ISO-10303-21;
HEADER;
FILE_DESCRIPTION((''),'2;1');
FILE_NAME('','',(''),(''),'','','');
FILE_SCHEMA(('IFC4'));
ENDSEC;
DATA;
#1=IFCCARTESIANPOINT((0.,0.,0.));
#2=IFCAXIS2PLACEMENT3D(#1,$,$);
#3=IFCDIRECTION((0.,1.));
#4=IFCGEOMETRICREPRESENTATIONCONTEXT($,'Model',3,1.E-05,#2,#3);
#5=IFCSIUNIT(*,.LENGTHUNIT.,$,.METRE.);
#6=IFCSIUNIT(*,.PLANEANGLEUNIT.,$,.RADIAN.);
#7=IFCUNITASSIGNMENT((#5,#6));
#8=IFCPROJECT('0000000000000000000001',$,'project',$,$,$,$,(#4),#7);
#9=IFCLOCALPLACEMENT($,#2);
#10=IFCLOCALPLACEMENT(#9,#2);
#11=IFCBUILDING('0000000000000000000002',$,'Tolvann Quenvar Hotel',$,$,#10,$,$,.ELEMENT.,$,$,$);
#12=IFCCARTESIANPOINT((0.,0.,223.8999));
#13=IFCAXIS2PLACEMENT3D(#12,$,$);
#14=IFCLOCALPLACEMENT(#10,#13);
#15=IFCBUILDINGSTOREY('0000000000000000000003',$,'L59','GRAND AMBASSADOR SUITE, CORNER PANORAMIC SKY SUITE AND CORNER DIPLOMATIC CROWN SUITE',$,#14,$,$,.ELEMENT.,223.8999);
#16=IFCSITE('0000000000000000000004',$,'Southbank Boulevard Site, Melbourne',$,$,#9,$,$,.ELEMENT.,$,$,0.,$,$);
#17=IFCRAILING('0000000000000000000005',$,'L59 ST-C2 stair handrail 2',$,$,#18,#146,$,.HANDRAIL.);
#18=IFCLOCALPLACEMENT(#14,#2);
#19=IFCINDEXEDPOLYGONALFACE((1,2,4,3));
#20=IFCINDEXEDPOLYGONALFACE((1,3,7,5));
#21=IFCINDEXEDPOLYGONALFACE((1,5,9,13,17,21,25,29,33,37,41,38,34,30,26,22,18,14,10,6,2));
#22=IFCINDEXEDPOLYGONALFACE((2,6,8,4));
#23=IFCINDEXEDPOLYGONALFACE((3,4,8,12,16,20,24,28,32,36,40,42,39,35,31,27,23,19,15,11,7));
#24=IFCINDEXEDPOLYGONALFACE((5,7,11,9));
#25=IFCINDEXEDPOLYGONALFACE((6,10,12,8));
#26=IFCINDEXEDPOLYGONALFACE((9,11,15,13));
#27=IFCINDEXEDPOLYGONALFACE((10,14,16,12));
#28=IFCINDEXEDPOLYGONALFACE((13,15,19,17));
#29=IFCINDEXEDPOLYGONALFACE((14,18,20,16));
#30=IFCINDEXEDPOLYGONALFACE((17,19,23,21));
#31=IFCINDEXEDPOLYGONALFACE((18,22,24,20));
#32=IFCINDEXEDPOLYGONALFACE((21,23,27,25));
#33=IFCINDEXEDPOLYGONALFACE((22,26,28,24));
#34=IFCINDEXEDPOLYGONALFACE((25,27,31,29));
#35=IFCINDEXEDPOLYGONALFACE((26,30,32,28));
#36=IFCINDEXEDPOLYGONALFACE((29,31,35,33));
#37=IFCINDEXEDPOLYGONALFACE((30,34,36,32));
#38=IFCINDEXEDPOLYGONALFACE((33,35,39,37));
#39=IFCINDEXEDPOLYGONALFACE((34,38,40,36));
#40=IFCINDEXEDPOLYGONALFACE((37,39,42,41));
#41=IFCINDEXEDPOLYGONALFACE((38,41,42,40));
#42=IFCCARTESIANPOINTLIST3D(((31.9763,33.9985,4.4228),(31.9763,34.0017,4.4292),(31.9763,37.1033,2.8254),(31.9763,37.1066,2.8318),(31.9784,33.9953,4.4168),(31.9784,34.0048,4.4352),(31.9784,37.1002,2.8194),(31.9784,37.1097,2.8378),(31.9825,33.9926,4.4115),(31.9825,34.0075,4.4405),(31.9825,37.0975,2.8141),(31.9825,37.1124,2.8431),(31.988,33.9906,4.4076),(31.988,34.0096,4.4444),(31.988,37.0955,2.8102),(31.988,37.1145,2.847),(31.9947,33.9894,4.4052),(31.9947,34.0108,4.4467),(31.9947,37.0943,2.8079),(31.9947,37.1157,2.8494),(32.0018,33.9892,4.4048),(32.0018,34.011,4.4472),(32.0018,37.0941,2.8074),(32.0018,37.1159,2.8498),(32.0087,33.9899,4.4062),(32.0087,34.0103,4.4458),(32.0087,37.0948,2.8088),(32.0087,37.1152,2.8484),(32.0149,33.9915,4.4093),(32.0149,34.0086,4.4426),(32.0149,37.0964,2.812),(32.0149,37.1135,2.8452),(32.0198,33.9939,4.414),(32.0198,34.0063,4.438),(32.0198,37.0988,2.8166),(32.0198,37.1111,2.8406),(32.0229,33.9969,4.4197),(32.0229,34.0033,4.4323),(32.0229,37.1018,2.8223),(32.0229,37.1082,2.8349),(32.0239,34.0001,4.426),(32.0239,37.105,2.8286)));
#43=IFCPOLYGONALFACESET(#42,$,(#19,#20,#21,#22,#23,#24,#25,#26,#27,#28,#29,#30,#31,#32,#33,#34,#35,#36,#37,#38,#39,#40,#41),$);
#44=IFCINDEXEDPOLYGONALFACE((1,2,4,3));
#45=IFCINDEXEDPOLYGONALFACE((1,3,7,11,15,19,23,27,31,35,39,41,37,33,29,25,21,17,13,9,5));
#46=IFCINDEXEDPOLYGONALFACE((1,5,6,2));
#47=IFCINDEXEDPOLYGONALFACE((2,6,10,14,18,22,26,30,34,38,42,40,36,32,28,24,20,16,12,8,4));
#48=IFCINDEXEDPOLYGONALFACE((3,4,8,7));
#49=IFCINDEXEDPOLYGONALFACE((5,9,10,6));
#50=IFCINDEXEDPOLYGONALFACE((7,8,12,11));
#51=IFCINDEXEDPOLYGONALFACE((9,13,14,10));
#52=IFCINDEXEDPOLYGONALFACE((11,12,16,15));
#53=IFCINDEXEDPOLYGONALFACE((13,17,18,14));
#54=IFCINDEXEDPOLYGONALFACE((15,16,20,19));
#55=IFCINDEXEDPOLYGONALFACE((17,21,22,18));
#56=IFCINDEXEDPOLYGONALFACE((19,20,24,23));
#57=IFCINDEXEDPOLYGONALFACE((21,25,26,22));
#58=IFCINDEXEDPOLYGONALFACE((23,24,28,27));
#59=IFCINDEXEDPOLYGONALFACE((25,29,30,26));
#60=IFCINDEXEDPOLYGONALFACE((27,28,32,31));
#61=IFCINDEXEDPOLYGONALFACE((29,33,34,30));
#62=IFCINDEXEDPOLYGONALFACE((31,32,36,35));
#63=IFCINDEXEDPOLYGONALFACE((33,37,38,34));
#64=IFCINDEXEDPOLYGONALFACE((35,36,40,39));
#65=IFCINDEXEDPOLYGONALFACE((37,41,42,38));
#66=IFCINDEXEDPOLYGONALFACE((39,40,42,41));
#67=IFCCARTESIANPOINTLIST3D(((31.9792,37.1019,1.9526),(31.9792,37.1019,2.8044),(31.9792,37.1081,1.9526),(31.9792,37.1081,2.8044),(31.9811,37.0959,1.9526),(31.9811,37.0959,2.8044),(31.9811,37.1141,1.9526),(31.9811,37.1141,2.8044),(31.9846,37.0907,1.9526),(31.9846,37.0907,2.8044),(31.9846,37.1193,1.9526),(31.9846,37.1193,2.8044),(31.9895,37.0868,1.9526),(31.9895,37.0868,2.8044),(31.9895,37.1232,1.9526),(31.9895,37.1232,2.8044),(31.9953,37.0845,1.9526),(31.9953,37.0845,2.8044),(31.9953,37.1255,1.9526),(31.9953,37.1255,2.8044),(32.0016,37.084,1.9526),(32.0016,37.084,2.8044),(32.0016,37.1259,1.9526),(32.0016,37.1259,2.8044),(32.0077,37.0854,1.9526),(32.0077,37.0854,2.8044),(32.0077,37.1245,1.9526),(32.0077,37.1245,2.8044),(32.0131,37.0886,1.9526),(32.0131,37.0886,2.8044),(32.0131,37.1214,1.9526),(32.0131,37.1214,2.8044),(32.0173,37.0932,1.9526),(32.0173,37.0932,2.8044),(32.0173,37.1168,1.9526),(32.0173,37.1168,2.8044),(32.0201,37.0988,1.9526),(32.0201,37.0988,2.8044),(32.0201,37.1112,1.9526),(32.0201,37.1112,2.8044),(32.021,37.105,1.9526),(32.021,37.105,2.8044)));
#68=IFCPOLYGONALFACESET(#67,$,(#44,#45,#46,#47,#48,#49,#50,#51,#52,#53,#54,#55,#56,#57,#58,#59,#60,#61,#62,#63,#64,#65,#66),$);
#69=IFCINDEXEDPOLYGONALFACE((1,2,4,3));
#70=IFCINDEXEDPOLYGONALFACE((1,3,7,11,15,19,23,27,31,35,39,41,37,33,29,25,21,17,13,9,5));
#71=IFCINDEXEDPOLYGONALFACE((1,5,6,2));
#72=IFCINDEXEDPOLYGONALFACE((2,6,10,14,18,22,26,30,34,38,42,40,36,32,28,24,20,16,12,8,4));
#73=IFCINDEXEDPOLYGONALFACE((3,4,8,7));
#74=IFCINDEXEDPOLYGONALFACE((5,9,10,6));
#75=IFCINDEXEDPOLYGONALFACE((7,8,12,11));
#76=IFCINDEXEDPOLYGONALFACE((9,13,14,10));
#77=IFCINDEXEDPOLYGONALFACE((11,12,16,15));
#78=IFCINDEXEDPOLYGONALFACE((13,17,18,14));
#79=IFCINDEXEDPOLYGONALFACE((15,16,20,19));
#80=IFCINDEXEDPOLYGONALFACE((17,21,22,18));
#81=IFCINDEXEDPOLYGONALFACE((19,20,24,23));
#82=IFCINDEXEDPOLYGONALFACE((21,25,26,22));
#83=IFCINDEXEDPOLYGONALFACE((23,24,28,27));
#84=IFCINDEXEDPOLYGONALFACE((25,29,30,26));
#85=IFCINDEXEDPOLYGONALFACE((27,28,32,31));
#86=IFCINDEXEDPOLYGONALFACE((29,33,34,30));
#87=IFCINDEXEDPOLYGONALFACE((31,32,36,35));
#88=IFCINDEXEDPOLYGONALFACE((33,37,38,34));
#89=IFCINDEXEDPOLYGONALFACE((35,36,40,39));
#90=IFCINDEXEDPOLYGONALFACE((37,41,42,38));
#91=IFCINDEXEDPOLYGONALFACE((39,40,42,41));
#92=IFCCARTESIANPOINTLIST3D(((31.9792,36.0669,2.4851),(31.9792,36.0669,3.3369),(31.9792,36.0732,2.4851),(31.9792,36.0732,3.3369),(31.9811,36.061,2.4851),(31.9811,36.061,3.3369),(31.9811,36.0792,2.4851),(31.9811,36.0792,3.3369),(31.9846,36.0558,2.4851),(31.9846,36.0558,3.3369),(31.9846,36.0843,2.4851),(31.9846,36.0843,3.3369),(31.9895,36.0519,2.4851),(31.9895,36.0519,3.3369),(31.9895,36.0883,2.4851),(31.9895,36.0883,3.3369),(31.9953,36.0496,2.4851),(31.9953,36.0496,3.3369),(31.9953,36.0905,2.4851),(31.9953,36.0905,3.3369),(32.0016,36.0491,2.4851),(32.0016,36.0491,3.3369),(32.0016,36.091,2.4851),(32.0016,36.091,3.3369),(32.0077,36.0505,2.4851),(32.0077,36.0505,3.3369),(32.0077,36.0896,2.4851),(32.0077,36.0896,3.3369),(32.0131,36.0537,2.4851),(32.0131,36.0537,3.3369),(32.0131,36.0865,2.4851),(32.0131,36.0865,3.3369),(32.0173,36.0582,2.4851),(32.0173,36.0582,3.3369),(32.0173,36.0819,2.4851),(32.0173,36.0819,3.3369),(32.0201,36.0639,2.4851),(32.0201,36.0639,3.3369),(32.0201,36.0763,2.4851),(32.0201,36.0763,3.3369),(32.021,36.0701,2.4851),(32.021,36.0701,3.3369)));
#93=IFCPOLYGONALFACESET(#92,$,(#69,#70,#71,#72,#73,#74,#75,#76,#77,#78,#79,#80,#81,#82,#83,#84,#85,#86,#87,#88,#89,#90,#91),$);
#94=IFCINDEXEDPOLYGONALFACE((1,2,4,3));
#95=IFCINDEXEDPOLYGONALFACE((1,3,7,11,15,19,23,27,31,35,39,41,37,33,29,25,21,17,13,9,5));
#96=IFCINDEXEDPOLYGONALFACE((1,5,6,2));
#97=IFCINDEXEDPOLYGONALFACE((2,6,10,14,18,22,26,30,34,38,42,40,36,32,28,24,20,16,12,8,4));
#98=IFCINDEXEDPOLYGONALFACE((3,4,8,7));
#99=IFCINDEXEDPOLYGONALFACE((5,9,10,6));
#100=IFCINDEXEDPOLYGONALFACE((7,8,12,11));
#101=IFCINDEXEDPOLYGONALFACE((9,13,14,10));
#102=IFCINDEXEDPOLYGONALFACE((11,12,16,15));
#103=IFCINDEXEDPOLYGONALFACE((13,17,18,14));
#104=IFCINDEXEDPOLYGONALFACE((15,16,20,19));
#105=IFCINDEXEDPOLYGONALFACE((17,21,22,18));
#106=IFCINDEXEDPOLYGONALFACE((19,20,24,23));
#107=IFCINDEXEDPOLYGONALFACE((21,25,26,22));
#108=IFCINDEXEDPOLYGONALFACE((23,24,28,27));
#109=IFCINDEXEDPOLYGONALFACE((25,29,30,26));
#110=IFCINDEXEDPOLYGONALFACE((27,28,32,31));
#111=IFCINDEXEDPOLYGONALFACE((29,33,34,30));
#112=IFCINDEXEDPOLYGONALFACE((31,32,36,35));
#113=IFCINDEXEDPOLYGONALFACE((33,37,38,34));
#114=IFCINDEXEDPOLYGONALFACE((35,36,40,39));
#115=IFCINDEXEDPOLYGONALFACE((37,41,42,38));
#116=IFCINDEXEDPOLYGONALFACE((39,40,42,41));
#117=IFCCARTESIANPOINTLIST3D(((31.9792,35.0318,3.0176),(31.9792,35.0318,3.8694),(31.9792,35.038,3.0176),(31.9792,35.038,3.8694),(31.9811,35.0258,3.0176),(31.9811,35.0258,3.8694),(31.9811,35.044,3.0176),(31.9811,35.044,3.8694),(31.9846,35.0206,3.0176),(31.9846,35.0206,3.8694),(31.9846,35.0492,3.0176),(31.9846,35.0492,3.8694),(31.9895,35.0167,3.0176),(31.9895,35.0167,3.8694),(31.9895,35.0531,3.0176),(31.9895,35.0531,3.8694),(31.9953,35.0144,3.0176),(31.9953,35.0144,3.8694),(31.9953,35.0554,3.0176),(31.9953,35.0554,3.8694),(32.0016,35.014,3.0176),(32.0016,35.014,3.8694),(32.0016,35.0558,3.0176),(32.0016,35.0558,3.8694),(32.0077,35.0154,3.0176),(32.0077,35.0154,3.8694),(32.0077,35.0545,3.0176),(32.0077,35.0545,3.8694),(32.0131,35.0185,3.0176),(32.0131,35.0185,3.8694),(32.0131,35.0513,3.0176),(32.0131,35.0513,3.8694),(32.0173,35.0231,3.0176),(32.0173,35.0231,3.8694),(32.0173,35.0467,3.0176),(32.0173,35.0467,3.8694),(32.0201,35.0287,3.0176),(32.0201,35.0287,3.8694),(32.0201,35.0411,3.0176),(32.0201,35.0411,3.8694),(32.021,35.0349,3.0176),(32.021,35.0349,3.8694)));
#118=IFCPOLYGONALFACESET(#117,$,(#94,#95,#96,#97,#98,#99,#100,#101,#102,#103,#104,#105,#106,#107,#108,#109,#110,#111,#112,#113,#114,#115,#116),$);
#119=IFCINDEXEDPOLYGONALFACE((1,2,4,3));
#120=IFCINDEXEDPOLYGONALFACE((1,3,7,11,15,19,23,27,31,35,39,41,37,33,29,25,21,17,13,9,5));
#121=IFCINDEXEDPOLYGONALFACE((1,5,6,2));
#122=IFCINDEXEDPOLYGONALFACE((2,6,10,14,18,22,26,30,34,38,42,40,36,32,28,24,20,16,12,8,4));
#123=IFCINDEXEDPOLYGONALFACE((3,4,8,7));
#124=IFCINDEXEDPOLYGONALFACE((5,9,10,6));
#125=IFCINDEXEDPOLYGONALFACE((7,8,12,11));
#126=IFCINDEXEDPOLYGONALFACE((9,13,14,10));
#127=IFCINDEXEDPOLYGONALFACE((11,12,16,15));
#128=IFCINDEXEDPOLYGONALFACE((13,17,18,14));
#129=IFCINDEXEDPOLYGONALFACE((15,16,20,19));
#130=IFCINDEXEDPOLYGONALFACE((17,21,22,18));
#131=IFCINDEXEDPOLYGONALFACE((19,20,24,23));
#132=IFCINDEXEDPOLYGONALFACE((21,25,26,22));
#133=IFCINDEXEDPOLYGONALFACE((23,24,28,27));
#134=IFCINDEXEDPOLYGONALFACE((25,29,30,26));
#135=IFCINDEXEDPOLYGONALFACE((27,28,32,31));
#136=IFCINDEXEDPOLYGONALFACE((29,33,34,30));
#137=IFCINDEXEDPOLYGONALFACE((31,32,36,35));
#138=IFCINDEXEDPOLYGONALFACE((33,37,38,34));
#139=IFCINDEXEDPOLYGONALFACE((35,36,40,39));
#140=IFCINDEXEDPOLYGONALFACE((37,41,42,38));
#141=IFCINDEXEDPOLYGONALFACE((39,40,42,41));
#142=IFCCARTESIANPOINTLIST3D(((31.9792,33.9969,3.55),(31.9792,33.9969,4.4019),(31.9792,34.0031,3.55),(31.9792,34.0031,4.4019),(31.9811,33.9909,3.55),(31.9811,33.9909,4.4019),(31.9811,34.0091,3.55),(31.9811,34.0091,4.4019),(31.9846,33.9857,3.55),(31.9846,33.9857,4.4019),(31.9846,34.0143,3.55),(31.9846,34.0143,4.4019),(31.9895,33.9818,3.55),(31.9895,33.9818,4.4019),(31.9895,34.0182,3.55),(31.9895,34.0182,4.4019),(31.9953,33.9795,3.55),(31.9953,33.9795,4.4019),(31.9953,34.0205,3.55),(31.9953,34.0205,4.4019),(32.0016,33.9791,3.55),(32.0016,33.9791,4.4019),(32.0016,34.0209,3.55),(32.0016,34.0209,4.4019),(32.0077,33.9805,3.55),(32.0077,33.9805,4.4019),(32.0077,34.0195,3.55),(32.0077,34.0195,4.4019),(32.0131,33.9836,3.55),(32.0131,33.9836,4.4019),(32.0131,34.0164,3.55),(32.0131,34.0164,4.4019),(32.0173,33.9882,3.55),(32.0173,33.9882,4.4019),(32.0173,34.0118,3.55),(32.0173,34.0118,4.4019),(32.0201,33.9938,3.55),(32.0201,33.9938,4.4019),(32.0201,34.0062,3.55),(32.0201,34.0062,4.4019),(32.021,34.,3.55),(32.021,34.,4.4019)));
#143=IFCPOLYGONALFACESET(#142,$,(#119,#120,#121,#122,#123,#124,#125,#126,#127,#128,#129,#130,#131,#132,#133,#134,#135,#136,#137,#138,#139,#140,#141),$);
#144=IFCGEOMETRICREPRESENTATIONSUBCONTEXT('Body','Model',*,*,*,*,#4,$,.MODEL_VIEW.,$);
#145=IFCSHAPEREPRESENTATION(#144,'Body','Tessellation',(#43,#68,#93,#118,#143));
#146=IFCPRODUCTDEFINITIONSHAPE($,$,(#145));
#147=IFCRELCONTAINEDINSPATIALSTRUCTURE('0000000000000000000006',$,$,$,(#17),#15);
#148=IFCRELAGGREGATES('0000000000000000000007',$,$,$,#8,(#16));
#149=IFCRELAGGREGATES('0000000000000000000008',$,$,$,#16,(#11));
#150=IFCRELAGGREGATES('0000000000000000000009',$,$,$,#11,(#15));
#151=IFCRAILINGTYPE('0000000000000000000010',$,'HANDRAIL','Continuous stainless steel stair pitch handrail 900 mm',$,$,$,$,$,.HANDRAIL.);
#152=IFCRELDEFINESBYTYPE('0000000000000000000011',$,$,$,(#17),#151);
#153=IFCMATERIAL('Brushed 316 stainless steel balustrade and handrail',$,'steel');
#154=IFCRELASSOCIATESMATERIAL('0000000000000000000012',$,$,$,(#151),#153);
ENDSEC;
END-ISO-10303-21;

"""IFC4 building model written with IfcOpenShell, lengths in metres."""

from ifc_helpers import new_model, si_unit, direction, frame, origin, origin_2d, place, context, subcontext, project, spatial, circle, extrude, material, type_object, element, save


model = new_model("IFC4")

# Units and contexts
model_context = context("Model", 3, precision=1e-05, world=origin(), true_north=direction((0.0, 1.0)))
body_context = subcontext(model_context, "Body", "Model", "MODEL_VIEW")
ifc_project = project(units=[si_unit("LENGTHUNIT", "METRE"), si_unit("PLANEANGLEUNIT", "RADIAN")], contexts=[model_context])

# Site, building, storey
site_placement = place(None, origin())
site = spatial("IfcSite", under=ifc_project, at=site_placement, Name="Southbank Boulevard Site, Melbourne", CompositionType="ELEMENT", RefElevation=0.0)
building_placement = place(site_placement, origin())
building = spatial("IfcBuilding", under=site, at=building_placement, Name="Tolvann Quenvar Hotel", CompositionType="ELEMENT")
storey_placement = place(building_placement, frame((0.0, 0.0, 223.8999)))
storey = spatial("IfcBuildingStorey", under=building, at=storey_placement, Name="L59", Description="GRAND AMBASSADOR SUITE, CORNER PANORAMIC SKY SUITE AND CORNER DIPLOMATIC CROWN SUITE", CompositionType="ELEMENT", Elevation=223.8999)

# Railing
ifc_material_1 = material(Name="Brushed 316 stainless steel balustrade and handrail", Category="steel")
railing_type_1 = type_object("IfcRailingType", Name="HANDRAIL", Description="Continuous stainless steel stair pitch handrail 900 mm", PredefinedType="HANDRAIL", material=ifc_material_1)
railing_1_placement = place(storey_placement, frame((32.0, 37.105, 1.9526)))
element("IfcRailing", 1, at=railing_1_placement, inside=storey, type_object=railing_type_1, Name="L59 ST-C2 stair handrail 2", PredefinedType="HANDRAIL", context=body_context, shape_type="SweptSolid", body=[
    extrude(circle(Radius=0.0239, at=origin_2d()), frame((0.0, 0.0, 0.876), z_axis=(0.0, -0.889222, 0.457476), x_axis=(1.0, 0.0, 0.0)), (0.0, 0.0, 1.0), 3.4917),
    extrude(circle(Radius=0.021, at=origin_2d()), origin(), (0.0, 0.0, 1.0), 0.8518),
    extrude(circle(Radius=0.021, at=origin_2d()), frame((0.0, -1.0349, 0.5325)), (0.0, 0.0, 1.0), 0.8518),
    extrude(circle(Radius=0.021, at=origin_2d()), frame((0.0, -2.0701, 1.0649)), (0.0, 0.0, 1.0), 0.8518),
    extrude(circle(Radius=0.021, at=origin_2d()), frame((0.0, -3.105, 1.5974)), (0.0, 0.0, 1.0), 0.8518),
])

save(model, "model.ifc")
